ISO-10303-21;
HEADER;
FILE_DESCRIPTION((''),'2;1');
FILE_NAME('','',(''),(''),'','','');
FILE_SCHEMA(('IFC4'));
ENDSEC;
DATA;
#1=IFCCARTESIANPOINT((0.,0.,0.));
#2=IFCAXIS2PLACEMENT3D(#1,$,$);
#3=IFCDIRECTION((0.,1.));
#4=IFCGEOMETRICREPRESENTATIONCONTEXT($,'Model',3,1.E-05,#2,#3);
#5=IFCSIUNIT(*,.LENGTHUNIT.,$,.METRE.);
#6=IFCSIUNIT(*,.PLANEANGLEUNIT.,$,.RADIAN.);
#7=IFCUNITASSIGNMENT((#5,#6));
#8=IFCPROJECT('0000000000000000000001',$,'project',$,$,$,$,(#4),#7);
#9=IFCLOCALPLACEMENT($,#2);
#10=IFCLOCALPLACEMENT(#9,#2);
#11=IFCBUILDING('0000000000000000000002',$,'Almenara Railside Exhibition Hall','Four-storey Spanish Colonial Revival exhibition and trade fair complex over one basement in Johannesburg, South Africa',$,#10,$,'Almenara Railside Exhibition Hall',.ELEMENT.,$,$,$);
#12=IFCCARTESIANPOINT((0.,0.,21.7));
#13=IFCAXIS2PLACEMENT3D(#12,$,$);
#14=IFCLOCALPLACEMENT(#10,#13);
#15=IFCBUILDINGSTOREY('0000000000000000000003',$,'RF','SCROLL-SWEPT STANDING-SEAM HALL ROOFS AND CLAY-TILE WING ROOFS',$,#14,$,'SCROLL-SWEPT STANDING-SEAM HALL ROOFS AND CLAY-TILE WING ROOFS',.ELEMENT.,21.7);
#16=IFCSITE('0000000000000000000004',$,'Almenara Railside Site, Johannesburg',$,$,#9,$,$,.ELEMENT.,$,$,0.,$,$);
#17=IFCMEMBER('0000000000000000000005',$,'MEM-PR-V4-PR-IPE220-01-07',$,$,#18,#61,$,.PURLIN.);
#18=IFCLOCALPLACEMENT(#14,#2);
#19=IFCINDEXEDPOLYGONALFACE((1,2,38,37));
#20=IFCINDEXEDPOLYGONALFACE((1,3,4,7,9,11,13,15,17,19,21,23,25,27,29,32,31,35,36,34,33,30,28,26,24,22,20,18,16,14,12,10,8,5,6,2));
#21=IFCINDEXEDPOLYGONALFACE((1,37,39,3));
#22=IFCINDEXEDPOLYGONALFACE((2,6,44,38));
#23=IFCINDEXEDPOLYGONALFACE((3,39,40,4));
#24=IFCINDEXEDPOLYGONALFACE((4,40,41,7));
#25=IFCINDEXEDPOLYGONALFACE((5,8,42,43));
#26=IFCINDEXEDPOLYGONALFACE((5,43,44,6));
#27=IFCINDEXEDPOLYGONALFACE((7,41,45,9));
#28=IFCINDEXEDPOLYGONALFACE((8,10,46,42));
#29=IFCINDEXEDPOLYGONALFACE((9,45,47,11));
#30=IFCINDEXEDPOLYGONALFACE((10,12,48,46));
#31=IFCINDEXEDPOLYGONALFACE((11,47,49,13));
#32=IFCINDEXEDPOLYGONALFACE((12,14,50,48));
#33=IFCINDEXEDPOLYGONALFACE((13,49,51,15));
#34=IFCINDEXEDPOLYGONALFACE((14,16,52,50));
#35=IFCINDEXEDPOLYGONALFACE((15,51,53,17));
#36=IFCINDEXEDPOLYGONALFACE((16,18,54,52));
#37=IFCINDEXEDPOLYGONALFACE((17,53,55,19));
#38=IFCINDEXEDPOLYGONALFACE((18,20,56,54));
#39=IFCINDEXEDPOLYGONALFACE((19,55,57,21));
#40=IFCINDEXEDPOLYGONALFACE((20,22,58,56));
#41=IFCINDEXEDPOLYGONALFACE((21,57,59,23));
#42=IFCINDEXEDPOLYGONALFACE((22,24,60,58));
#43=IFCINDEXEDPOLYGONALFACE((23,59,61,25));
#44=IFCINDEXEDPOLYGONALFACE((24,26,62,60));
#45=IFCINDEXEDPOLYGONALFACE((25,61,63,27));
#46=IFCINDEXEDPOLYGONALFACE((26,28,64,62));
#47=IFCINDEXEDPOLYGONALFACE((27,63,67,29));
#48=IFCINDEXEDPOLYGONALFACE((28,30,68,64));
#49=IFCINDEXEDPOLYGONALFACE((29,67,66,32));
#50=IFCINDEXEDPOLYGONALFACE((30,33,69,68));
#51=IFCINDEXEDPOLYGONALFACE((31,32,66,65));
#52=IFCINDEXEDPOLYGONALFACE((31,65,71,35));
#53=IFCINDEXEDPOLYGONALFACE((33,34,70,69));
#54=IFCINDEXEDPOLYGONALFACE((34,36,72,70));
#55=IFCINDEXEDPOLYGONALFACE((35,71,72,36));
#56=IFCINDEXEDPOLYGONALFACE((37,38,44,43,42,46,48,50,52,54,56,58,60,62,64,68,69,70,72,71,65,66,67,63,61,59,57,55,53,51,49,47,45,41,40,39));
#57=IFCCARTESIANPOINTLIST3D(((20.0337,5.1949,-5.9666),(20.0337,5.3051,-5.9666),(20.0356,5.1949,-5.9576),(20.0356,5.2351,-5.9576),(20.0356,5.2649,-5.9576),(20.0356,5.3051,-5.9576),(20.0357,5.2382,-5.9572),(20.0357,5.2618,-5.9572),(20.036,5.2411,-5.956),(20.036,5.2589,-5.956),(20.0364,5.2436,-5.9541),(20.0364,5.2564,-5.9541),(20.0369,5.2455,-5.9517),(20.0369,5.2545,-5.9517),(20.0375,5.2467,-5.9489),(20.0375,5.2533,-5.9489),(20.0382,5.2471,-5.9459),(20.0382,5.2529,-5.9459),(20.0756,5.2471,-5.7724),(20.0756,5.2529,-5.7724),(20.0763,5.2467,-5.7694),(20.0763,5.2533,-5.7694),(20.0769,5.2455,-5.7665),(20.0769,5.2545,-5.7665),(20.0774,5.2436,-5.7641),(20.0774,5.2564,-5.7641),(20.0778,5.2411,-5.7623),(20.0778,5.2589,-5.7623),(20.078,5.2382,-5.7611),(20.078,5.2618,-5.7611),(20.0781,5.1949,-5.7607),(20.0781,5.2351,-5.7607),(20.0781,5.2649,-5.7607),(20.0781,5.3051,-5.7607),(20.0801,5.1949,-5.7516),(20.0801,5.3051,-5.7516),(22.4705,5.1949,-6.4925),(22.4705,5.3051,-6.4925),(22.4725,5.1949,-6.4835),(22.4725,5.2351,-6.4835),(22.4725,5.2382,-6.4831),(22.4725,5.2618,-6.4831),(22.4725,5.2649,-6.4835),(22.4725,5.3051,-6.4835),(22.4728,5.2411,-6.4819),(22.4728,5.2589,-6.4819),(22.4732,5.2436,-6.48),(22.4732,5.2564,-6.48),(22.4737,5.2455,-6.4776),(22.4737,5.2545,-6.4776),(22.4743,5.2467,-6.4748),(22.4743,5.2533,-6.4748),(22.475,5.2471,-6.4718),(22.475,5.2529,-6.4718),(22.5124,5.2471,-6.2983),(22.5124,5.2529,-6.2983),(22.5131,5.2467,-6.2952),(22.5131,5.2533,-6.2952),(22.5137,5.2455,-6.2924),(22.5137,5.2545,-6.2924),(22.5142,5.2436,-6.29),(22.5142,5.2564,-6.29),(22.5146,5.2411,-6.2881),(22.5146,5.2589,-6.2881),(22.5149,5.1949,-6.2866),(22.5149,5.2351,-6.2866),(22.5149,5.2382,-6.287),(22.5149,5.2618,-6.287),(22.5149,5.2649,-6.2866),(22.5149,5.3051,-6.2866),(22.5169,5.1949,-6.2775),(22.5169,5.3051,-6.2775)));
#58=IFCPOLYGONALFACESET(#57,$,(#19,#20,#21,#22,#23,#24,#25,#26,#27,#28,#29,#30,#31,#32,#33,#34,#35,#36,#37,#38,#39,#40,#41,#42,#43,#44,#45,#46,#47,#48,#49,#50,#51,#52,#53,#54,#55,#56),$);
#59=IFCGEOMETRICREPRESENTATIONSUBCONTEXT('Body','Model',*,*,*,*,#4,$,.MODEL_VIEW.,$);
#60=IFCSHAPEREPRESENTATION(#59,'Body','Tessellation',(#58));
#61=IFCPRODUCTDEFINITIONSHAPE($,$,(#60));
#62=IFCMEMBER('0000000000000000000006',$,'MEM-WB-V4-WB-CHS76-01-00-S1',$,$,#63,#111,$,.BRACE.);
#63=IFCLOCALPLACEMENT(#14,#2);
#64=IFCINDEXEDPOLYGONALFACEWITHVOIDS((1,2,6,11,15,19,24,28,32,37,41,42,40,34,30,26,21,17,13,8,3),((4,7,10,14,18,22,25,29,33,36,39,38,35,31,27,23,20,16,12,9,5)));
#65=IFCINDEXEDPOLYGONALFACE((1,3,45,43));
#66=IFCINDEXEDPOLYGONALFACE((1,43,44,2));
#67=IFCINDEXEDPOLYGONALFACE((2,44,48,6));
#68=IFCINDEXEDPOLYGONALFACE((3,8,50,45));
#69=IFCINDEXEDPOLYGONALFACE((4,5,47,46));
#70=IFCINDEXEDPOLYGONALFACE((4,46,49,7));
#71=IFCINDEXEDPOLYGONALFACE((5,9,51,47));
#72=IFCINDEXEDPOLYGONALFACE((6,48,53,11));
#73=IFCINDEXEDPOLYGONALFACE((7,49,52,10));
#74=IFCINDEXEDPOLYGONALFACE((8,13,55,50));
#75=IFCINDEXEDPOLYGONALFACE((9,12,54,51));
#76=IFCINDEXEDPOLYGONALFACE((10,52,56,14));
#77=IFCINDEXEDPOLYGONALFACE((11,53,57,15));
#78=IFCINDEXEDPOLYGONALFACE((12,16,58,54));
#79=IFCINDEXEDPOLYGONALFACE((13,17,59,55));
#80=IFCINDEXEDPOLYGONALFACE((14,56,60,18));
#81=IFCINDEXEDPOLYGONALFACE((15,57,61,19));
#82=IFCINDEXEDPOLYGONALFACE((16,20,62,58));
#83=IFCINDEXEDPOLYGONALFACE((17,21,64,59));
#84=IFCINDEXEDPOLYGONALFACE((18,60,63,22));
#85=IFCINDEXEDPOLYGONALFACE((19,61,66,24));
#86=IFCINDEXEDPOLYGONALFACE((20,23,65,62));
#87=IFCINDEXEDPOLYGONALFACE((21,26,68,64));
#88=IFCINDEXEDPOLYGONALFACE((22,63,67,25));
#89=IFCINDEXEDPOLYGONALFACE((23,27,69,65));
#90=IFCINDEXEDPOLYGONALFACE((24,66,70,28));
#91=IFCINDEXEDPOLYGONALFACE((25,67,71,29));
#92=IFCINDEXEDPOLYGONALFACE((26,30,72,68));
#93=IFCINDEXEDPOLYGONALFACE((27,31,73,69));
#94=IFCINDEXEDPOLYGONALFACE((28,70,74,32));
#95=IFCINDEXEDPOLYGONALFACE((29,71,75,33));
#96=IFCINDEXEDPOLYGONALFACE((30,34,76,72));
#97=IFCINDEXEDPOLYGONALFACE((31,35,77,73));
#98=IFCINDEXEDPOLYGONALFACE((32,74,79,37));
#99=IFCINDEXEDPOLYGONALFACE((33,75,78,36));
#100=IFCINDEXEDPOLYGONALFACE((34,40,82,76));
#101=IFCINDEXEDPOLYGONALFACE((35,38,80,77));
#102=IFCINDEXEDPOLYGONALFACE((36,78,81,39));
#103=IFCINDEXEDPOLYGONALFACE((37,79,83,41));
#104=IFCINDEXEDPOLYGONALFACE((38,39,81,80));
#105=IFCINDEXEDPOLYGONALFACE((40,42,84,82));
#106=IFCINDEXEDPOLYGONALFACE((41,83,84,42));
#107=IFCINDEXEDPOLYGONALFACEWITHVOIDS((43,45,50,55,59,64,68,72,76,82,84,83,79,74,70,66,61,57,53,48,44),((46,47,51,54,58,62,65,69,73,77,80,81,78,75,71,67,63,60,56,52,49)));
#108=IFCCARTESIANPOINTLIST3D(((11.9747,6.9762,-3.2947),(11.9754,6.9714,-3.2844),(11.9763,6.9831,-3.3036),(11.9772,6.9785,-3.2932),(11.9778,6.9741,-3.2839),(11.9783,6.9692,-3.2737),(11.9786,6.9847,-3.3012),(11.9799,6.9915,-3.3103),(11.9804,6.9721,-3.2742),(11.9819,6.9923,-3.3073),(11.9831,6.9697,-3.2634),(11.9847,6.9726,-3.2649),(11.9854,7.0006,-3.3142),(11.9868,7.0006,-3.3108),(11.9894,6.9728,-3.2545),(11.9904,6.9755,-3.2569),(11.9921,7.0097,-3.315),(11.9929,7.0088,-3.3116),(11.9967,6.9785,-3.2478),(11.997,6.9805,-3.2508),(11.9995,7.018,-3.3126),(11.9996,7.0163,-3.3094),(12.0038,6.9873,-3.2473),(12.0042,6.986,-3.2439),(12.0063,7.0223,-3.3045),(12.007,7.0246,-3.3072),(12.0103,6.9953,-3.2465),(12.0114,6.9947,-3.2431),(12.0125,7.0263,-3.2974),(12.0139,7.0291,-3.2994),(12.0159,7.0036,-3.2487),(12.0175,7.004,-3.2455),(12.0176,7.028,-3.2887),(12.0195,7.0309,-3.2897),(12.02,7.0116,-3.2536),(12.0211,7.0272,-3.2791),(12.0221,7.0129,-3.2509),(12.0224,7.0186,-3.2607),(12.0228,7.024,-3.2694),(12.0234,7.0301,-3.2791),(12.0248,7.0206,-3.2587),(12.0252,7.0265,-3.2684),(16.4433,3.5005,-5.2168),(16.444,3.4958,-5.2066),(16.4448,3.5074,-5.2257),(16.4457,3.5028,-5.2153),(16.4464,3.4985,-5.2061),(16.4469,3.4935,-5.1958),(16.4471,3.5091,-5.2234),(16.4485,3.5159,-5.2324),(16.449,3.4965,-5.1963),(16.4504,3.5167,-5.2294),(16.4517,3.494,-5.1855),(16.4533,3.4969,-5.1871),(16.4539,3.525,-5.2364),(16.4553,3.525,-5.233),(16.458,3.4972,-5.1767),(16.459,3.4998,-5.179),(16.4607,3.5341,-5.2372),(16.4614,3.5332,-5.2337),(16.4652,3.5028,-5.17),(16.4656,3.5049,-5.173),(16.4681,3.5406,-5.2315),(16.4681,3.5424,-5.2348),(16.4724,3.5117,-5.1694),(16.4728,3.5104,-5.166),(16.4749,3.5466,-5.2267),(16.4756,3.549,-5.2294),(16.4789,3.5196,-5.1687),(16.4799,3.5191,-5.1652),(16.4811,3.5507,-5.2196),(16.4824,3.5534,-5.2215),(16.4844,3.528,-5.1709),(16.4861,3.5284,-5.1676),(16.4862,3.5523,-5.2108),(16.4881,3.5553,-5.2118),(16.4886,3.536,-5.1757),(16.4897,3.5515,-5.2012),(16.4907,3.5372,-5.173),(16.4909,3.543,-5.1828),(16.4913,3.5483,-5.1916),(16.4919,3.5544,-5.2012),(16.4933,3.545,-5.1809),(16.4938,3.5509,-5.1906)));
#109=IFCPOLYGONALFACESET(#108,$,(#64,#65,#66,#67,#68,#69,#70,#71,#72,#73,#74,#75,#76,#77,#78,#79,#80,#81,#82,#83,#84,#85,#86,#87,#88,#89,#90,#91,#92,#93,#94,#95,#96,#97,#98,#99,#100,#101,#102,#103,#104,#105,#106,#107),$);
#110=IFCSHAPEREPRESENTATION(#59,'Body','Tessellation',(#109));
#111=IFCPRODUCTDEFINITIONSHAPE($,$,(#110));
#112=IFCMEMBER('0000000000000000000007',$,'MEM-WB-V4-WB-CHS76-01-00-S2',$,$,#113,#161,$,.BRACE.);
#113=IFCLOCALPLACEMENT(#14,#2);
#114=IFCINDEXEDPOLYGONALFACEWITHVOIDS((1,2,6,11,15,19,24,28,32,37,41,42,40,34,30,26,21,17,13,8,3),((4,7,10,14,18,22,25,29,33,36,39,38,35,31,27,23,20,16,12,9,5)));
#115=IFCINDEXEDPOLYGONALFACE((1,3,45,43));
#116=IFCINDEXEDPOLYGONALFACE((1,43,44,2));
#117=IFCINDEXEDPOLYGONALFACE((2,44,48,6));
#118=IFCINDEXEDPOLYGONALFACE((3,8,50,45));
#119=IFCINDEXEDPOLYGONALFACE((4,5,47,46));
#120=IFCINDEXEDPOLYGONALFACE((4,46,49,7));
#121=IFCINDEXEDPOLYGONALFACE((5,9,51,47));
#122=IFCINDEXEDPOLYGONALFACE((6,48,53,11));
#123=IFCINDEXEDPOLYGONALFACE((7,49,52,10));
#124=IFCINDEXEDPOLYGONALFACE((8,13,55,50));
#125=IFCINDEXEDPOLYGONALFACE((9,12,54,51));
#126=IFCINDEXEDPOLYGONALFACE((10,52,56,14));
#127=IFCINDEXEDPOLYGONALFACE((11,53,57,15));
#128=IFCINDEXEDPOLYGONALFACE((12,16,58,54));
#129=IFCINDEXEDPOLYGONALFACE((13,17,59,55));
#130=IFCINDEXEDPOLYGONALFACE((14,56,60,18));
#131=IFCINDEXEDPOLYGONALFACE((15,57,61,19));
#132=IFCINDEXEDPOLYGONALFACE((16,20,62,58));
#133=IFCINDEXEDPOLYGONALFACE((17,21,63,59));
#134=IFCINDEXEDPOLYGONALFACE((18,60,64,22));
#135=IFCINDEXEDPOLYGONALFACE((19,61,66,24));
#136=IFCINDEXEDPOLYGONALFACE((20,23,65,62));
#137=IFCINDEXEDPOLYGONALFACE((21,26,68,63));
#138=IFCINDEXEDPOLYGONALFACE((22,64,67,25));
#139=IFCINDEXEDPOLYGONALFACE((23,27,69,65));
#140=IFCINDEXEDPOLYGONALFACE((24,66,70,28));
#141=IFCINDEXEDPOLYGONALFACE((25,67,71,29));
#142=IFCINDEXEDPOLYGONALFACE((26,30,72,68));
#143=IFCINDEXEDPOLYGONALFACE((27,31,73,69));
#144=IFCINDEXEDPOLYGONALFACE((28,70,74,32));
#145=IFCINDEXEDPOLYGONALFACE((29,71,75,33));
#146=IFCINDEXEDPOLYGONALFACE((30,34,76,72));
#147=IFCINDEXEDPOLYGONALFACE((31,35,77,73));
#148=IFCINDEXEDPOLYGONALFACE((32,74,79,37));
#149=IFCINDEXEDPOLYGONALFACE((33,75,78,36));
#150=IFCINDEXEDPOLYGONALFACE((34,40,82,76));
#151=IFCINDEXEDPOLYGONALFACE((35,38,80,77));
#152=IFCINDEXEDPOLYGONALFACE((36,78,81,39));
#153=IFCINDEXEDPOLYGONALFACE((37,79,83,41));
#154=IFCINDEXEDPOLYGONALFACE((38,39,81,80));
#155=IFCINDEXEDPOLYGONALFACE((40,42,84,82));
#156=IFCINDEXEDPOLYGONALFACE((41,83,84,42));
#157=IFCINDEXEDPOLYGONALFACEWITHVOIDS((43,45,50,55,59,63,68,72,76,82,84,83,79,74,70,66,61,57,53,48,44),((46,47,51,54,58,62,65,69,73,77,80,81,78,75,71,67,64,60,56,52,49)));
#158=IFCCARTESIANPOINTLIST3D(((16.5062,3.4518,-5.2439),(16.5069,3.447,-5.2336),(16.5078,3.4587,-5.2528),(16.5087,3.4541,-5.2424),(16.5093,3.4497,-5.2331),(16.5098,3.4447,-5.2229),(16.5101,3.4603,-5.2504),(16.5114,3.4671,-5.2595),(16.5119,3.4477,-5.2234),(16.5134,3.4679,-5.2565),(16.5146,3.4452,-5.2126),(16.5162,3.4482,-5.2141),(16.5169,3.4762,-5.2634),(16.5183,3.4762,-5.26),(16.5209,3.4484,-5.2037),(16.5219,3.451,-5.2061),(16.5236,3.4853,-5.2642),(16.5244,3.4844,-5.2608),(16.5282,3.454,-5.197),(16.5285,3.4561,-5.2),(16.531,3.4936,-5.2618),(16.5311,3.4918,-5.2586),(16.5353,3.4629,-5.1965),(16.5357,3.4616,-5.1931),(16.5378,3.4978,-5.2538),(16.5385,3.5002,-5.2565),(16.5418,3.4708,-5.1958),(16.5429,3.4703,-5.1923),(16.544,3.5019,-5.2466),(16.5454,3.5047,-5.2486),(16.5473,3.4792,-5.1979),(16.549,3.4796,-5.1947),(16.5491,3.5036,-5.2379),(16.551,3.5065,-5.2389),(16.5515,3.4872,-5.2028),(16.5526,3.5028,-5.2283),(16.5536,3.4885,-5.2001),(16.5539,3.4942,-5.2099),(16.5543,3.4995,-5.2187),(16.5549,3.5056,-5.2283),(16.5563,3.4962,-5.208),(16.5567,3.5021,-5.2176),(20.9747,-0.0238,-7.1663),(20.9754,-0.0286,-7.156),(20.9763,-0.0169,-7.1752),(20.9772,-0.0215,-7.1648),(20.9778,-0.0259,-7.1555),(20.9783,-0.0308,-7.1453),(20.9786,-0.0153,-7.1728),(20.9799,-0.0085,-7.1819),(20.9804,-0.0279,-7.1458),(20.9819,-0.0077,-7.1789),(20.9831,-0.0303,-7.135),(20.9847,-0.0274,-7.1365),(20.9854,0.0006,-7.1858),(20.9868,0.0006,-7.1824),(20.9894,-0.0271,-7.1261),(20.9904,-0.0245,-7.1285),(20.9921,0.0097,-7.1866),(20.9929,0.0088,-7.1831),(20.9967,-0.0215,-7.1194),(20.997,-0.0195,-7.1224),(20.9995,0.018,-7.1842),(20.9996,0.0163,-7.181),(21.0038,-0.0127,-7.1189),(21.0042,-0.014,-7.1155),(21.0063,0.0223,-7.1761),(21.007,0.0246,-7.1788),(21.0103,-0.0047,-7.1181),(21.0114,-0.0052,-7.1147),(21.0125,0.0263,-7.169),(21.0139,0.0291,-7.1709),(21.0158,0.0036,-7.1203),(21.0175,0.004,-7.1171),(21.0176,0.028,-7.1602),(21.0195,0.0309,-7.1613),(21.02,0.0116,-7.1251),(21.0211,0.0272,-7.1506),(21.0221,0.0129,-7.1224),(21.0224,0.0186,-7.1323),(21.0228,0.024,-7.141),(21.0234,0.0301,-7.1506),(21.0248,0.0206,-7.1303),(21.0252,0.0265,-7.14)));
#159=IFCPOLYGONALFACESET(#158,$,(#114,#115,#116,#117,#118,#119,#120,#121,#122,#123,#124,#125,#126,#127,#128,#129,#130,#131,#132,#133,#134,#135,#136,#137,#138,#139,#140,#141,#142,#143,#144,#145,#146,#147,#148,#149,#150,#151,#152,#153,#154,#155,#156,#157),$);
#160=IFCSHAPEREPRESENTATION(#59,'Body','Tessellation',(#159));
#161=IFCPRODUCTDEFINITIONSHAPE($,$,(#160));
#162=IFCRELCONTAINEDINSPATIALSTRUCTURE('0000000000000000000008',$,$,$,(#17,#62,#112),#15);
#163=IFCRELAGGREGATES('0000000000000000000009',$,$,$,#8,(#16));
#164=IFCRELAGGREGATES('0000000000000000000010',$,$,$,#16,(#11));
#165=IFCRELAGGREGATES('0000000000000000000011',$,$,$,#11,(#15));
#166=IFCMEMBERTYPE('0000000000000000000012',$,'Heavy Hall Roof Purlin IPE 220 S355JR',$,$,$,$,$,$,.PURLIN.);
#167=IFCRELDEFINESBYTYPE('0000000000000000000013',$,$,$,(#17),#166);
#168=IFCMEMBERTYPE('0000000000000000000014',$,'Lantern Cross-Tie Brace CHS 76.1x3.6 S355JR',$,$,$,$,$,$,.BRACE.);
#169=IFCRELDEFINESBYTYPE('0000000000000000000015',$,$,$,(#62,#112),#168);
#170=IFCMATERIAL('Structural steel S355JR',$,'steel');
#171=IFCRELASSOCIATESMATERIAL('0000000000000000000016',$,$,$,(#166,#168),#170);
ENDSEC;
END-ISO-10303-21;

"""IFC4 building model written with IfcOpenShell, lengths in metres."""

from ifc_helpers import new_model, si_unit, direction, frame, origin, origin_2d, place, context, subcontext, project, spatial, hollow_circle, i_section, extrude, material, material_profile, profile_set, type_object, element, save


model = new_model("IFC4")

# Units and contexts
model_context = context("Model", 3, precision=1e-05, world=origin(), true_north=direction((0.0, 1.0)))
body_context = subcontext(model_context, "Body", "Model", "MODEL_VIEW")
ifc_project = project(units=[si_unit("LENGTHUNIT", "METRE"), si_unit("PLANEANGLEUNIT", "RADIAN")], contexts=[model_context])

# Site, building, storey
site_placement = place(None, origin())
site = spatial("IfcSite", under=ifc_project, at=site_placement, Name="Almenara Railside Site, Johannesburg", CompositionType="ELEMENT", RefElevation=0.0)
building_placement = place(site_placement, origin())
building = spatial("IfcBuilding", under=site, at=building_placement, Name="Almenara Railside Exhibition Hall", Description="Four-storey Spanish Colonial Revival exhibition and trade fair complex over one basement in Johannesburg, South Africa", LongName="Almenara Railside Exhibition Hall", CompositionType="ELEMENT")
storey_placement = place(building_placement, frame((0.0, 0.0, 21.7)))
storey = spatial("IfcBuildingStorey", under=building, at=storey_placement, Name="RF", Description="SCROLL-SWEPT STANDING-SEAM HALL ROOFS AND CLAY-TILE WING ROOFS", LongName="SCROLL-SWEPT STANDING-SEAM HALL ROOFS AND CLAY-TILE WING ROOFS", CompositionType="ELEMENT", Elevation=21.7)

# Shared definitions
ifc_material_1 = material(Name="Structural steel S355JR", Category="steel")

# Members
ifc_material_profile_1 = material_profile(ifc_material_1, i_section(OverallWidth=0.1101, OverallDepth=0.22, WebThickness=0.0059, FlangeThickness=0.0093, FilletRadius=0.012, at=origin_2d()), Name="IPE 220")
ifc_profile_set_1 = profile_set([ifc_material_profile_1], Name="Structural steel S355JR")
member_type_1 = type_object("IfcMemberType", Name="Heavy Hall Roof Purlin IPE 220 S355JR", PredefinedType="PURLIN", material=ifc_profile_set_1)
member_1_placement = place(storey_placement, frame((20.0569, 5.25, -5.8591), z_axis=(0.977496, 0.0, -0.210953), x_axis=(0.0, 1.0, 0.0)))
element("IfcMember", 1, at=member_1_placement, inside=storey, type_object=member_type_1, Name="MEM-PR-V4-PR-IPE220-01-07", PredefinedType="PURLIN", context=body_context, shape_type="SweptSolid", body=[
    extrude(i_section(OverallWidth=0.1101, OverallDepth=0.22, WebThickness=0.0059, FlangeThickness=0.0093, FilletRadius=0.012, at=origin_2d()), origin(), (0.0, 0.0, 1.0), 2.4929),
])
ifc_material_profile_2 = material_profile(ifc_material_1, hollow_circle(Radius=0.0381, WallThickness=0.0037, at=origin_2d()), Name="CHS 76.1x3.6")
ifc_profile_set_2 = profile_set([ifc_material_profile_2], Name="Structural steel S355JR")
member_type_2 = type_object("IfcMemberType", Name="Lantern Cross-Tie Brace CHS 76.1x3.6 S355JR", PredefinedType="BRACE", material=ifc_profile_set_2)
for number, where, z_axis, x_axis, name in (
    (2, (12.0, 7.0, -3.2791), (0.747436, -0.581353, -0.321508), (0.61395, 0.789345, 0.0), "MEM-WB-V4-WB-CHS76-01-00-S1"),
    (3, (16.5315, 3.4756, -5.2283), (0.747427, -0.581345, -0.321545), (0.61395, 0.789345, 0.0), "MEM-WB-V4-WB-CHS76-01-00-S2"),
):
    element("IfcMember", number, at=place(storey_placement, frame(where, z_axis=z_axis, x_axis=x_axis)), inside=storey, type_object=member_type_2, Name=name, PredefinedType="BRACE", context=body_context, shape_type="SweptSolid", body=[
        extrude(hollow_circle(Radius=0.0381, WallThickness=0.0037, at=origin_2d()), origin(), (0.0, 0.0, 1.0), 5.9785),
    ])

save(model, "model.ifc")
